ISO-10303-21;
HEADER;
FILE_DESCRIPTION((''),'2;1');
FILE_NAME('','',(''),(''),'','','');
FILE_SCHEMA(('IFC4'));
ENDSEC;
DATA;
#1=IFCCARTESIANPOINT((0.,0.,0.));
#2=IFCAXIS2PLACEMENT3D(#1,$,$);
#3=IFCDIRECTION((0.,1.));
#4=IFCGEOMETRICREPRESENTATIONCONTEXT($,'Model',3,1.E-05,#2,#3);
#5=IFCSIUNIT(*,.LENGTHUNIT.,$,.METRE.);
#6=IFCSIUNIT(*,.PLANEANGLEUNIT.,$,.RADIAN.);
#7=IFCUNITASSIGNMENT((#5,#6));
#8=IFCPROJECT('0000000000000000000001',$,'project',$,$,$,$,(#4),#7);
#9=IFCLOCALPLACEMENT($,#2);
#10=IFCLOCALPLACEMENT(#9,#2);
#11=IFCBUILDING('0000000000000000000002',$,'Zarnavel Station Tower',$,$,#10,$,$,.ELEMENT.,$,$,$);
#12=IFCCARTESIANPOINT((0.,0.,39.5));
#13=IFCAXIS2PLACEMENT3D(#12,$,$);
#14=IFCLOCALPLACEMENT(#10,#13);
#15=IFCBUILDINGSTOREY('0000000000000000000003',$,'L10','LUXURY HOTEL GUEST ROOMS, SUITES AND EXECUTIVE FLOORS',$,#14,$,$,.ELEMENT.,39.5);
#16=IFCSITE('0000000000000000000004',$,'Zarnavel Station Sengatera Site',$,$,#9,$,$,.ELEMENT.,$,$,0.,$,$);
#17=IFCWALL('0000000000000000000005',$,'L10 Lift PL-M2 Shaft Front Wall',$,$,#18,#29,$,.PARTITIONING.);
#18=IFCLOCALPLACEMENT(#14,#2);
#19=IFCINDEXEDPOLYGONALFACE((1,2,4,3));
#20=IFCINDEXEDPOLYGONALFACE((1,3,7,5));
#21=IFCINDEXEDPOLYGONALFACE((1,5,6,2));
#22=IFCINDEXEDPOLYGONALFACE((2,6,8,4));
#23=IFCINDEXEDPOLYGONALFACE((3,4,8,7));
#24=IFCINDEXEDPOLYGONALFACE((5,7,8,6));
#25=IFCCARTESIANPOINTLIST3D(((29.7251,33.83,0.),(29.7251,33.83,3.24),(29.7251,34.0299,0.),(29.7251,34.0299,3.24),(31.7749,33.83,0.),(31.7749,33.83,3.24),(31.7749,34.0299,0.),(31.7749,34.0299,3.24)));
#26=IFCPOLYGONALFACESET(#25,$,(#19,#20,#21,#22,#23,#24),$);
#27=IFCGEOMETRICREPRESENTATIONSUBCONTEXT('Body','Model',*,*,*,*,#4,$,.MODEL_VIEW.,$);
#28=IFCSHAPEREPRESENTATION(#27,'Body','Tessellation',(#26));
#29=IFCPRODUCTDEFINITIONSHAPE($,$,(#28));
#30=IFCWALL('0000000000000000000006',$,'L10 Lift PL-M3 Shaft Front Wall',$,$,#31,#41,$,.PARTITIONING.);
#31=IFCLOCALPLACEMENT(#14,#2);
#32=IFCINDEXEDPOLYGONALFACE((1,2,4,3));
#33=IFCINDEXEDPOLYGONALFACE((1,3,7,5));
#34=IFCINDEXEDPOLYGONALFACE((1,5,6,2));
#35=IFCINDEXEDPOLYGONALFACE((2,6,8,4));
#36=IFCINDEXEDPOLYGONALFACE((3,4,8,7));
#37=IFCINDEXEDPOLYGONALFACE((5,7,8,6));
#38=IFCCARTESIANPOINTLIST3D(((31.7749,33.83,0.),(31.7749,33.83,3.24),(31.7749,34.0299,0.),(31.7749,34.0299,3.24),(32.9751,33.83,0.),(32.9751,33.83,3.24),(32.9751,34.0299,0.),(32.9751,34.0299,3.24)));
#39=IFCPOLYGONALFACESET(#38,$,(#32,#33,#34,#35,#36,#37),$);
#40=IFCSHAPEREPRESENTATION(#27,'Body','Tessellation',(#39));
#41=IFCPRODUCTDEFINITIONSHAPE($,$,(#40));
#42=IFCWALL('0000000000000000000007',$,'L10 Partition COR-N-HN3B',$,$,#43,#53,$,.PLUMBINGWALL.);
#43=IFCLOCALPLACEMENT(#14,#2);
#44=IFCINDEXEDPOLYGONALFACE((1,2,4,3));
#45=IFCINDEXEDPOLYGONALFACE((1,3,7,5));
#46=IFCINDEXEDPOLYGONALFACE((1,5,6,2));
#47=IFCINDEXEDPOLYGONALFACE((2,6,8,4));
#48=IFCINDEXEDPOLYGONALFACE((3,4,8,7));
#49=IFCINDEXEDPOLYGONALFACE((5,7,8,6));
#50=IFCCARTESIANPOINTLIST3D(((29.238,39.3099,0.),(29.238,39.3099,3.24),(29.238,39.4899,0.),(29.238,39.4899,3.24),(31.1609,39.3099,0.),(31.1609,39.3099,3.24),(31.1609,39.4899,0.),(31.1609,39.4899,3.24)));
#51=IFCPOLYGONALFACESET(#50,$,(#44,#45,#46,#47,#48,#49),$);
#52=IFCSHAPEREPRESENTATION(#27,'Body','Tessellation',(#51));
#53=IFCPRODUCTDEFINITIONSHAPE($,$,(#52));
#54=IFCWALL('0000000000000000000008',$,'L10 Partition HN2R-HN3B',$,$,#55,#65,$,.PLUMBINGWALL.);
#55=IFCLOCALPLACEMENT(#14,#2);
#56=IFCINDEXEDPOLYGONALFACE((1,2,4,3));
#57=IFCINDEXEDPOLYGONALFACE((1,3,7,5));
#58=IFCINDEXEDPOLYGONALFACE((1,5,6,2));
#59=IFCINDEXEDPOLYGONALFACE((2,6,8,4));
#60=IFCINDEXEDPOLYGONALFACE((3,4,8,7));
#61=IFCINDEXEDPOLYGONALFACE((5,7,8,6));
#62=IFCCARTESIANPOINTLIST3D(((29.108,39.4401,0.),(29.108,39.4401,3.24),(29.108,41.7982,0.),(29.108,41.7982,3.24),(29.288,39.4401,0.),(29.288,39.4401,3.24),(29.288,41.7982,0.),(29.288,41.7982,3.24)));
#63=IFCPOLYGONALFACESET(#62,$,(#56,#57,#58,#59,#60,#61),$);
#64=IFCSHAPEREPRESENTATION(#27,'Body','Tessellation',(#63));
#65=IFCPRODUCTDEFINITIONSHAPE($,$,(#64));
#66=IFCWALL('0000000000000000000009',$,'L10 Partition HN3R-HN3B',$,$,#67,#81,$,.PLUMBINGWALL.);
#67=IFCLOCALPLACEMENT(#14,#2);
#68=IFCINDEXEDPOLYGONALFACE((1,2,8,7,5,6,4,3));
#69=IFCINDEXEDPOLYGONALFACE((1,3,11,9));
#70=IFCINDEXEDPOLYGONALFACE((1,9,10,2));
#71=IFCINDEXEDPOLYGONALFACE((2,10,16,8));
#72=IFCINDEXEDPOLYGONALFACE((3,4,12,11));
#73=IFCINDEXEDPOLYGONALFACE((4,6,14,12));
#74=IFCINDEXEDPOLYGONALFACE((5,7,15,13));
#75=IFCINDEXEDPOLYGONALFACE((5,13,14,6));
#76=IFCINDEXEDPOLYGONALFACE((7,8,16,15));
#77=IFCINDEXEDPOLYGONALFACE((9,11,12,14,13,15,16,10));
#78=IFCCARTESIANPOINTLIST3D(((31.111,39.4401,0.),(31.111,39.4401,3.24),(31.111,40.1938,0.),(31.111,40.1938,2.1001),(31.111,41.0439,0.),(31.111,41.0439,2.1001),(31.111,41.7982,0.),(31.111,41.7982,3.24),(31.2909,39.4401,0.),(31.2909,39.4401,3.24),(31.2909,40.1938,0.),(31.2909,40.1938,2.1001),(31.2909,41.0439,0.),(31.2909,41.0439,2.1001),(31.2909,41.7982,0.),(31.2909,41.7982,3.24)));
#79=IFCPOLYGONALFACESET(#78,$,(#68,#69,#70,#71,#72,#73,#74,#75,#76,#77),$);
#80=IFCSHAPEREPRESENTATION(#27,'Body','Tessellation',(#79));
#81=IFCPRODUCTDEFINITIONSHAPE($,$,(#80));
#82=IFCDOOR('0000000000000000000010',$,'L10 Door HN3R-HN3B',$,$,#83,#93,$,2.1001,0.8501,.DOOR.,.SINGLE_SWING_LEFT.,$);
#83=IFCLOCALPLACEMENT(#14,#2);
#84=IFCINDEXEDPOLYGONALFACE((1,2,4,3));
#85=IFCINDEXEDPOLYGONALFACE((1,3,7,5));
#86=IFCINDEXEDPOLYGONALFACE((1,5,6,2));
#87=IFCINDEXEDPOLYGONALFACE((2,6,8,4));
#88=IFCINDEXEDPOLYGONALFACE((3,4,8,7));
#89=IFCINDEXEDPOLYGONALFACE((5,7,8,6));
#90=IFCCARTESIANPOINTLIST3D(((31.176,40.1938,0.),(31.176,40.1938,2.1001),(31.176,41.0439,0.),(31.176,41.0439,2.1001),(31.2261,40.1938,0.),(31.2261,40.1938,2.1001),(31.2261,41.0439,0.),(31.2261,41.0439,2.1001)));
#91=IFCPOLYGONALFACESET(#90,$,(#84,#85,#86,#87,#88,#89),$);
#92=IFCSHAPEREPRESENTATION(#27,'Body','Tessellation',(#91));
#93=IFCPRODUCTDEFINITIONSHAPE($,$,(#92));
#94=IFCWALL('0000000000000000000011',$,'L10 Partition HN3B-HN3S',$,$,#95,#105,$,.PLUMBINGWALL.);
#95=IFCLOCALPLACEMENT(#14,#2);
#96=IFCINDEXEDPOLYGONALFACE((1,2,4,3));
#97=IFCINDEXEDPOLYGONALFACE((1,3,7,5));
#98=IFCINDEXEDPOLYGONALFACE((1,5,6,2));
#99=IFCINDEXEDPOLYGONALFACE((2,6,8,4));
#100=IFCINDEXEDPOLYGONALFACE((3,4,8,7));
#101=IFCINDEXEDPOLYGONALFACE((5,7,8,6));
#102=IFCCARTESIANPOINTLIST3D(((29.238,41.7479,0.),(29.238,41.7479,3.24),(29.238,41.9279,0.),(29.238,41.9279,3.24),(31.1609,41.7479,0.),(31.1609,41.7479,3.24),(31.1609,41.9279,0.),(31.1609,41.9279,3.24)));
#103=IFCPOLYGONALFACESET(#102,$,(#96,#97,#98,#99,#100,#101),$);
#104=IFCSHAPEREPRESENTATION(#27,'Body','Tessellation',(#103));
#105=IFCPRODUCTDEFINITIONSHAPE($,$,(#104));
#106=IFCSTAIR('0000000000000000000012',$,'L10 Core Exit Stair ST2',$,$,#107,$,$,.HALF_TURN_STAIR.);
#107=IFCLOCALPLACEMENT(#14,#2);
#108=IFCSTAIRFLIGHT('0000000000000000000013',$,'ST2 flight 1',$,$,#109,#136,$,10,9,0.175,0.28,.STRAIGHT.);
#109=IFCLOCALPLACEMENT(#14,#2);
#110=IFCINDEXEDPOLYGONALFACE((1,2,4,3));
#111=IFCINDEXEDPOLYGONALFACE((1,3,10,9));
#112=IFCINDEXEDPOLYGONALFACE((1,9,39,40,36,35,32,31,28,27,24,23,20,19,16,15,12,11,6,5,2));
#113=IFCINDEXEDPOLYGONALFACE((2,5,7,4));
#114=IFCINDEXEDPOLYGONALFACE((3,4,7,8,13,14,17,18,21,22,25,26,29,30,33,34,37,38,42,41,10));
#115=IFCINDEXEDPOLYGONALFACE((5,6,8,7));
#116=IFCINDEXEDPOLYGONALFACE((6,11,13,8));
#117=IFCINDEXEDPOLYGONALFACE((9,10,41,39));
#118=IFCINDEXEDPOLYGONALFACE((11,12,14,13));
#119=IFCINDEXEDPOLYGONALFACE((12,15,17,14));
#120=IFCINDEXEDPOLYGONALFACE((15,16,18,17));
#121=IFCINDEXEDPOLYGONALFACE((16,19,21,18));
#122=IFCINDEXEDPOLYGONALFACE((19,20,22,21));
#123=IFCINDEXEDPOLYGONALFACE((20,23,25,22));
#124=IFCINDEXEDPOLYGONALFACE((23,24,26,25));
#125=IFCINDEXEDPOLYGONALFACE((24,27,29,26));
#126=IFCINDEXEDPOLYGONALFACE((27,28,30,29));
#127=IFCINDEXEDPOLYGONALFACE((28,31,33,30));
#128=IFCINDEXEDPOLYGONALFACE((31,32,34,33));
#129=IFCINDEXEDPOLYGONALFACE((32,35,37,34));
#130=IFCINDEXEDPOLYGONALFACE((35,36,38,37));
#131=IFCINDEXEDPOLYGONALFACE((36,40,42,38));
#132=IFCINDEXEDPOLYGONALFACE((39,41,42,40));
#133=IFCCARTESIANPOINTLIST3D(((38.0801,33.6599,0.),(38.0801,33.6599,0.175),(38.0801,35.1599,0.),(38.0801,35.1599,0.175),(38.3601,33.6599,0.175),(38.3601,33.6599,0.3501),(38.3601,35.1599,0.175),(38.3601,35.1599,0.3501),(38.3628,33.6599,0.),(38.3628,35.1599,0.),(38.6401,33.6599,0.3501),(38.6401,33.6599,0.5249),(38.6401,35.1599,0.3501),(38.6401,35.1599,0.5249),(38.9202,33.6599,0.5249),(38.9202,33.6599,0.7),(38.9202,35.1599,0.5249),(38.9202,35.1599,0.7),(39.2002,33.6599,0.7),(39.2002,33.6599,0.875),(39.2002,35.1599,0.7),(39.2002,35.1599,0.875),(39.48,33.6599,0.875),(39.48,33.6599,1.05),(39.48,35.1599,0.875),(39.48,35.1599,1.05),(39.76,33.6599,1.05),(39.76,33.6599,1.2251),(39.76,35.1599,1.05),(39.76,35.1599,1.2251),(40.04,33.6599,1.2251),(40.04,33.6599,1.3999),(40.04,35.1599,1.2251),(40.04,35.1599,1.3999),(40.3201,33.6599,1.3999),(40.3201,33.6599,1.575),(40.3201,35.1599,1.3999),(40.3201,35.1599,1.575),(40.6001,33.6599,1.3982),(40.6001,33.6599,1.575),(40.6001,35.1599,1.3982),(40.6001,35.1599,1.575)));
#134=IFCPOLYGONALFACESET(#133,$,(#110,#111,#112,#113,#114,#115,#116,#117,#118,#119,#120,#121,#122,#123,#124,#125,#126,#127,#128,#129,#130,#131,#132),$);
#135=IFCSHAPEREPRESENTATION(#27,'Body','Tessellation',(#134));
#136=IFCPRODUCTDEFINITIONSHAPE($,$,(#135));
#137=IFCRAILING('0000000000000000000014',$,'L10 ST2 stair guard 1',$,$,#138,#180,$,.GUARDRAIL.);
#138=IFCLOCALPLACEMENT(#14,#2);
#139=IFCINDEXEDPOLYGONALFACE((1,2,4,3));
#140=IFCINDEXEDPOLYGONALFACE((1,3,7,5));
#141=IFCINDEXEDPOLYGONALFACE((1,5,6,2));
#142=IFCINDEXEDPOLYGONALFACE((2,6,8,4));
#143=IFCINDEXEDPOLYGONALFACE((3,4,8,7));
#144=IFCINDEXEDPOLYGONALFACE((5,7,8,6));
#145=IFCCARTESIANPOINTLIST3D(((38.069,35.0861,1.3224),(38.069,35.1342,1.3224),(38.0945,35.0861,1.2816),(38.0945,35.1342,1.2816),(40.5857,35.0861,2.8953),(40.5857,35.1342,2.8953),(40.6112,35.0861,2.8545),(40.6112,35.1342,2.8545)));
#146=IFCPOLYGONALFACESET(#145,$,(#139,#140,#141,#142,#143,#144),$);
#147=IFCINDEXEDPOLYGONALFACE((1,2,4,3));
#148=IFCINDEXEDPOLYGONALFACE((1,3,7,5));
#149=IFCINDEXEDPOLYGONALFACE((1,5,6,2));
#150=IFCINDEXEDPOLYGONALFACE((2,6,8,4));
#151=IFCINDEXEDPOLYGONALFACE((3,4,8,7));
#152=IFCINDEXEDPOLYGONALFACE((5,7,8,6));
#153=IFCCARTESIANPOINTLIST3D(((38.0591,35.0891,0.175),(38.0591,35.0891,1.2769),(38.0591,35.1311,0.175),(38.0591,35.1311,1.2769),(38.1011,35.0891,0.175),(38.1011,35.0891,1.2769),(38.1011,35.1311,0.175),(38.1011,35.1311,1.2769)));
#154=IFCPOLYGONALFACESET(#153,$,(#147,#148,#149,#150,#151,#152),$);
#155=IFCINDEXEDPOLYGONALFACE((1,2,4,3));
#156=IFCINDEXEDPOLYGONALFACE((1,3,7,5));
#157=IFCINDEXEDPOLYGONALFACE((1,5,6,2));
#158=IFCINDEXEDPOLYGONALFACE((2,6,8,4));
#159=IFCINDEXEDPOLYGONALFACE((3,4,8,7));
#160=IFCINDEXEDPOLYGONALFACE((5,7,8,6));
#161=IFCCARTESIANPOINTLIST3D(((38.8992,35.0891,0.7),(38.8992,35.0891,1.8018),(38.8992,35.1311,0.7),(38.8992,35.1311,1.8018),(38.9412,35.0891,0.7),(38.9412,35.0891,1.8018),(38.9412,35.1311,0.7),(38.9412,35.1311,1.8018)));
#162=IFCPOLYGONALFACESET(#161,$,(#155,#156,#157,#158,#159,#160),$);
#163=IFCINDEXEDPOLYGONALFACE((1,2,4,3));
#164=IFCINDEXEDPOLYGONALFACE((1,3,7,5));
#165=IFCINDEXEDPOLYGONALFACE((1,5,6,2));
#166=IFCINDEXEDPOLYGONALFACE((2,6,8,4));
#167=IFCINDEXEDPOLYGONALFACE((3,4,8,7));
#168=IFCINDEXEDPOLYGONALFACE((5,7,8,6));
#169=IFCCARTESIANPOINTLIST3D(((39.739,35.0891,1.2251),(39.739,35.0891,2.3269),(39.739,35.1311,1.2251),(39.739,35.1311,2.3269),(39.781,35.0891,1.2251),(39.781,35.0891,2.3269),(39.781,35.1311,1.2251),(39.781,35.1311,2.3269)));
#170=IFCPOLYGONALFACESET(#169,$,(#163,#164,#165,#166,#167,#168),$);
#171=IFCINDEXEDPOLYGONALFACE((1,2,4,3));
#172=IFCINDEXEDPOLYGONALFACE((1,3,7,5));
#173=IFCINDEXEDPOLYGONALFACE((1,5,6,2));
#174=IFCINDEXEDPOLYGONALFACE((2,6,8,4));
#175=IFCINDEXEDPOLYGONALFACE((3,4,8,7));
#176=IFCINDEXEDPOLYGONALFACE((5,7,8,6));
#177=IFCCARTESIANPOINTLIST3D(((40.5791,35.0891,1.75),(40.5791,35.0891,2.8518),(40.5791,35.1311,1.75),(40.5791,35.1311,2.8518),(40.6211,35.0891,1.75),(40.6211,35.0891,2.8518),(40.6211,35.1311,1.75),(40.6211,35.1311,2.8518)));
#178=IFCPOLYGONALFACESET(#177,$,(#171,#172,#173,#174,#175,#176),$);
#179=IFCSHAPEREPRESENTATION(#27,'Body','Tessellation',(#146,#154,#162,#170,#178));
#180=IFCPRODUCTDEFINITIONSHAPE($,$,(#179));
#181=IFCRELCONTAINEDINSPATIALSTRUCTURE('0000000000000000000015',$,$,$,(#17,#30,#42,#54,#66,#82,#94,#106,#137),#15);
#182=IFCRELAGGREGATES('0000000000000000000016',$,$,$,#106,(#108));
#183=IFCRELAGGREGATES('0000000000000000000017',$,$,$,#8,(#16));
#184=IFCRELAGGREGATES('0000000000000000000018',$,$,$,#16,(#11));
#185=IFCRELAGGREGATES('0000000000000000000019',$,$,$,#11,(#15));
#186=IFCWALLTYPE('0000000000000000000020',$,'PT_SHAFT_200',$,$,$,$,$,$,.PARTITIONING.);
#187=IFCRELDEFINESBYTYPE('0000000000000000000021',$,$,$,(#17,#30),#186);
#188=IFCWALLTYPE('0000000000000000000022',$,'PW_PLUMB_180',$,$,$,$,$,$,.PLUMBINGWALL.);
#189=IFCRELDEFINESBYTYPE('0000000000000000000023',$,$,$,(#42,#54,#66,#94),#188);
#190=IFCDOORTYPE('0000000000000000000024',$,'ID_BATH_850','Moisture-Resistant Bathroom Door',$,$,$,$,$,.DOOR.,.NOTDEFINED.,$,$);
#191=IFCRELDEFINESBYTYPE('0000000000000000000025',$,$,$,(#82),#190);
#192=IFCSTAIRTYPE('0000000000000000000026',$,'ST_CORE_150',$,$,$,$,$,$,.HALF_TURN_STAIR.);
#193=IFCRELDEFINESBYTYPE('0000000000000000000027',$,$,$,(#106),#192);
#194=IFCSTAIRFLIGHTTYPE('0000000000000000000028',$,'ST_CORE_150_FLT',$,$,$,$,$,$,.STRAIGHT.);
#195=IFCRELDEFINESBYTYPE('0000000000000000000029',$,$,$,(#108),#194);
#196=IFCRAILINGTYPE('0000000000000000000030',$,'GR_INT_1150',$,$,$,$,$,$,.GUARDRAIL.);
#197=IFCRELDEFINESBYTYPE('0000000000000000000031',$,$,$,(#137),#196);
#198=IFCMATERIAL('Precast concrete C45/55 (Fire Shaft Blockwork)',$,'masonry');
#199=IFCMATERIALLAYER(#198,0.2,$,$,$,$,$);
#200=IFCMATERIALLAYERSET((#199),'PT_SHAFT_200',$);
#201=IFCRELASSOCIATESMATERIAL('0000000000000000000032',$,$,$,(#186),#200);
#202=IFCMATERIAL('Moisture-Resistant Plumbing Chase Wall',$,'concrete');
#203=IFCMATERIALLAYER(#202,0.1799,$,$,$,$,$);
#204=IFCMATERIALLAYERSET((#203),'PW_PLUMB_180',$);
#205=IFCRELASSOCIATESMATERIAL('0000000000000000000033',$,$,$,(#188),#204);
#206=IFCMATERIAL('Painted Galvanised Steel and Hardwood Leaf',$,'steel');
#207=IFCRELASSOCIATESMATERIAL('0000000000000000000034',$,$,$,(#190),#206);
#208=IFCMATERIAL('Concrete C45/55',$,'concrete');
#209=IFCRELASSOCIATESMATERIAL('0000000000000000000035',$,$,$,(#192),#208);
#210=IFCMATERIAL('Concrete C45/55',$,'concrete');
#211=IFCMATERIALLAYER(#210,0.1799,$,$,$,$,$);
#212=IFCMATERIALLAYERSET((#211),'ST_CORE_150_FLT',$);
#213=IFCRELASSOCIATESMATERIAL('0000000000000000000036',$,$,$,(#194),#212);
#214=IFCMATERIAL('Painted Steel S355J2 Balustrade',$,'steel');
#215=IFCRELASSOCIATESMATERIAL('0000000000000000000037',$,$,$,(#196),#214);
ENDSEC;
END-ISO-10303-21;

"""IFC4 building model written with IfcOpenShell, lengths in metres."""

from ifc_helpers import new_model, si_unit, direction, frame, frame_2d, origin, origin_2d, place, context, subcontext, project, spatial, polyline, rectangle, outline, extrude, material, layer, layer_set, type_object, element, fill, aggregate, save


model = new_model("IFC4")

# Units and contexts
model_context = context("Model", 3, precision=1e-05, world=origin(), true_north=direction((0.0, 1.0)))
body_context = subcontext(model_context, "Body", "Model", "MODEL_VIEW")
ifc_project = project(units=[si_unit("LENGTHUNIT", "METRE"), si_unit("PLANEANGLEUNIT", "RADIAN")], contexts=[model_context])

# Site, building, storey
site_placement = place(None, origin())
site = spatial("IfcSite", under=ifc_project, at=site_placement, Name="Zarnavel Station Sengatera Site", CompositionType="ELEMENT", RefElevation=0.0)
building_placement = place(site_placement, origin())
building = spatial("IfcBuilding", under=site, at=building_placement, Name="Zarnavel Station Tower", CompositionType="ELEMENT")
storey_placement = place(building_placement, frame((0.0, 0.0, 39.5)))
storey = spatial("IfcBuildingStorey", under=building, at=storey_placement, Name="L10", Description="LUXURY HOTEL GUEST ROOMS, SUITES AND EXECUTIVE FLOORS", CompositionType="ELEMENT", Elevation=39.5)

# Shared definitions
ifc_material_1 = material(Name="Precast concrete C45/55 (Fire Shaft Blockwork)", Category="masonry")
ifc_layer_1 = layer(ifc_material_1, 0.2)
ifc_layer_set_1 = layer_set([ifc_layer_1], Name="PT_SHAFT_200")
wall_type_1 = type_object("IfcWallType", Name="PT_SHAFT_200", PredefinedType="PARTITIONING", material=ifc_layer_set_1)

# Walls
wall_1_placement = place(storey_placement, frame((29.7251, 33.9299, 0.0), z_axis=(0.0, 0.0, 1.0), x_axis=(1.0, 0.0, 0.0)))
element("IfcWall", 1, at=wall_1_placement, inside=storey, type_object=wall_type_1, Name="L10 Lift PL-M2 Shaft Front Wall", PredefinedType="PARTITIONING", context=body_context, shape_type="SweptSolid", body=[
    extrude(rectangle(XDim=2.0498, YDim=0.2, at=frame_2d((1.0249, 0.0))), origin(), (0.0, 0.0, 1.0), 3.24),
])
wall_2_placement = place(storey_placement, frame((31.7749, 33.9299, 0.0), z_axis=(0.0, 0.0, 1.0), x_axis=(1.0, 0.0, 0.0)))
element("IfcWall", 2, at=wall_2_placement, inside=storey, type_object=wall_type_1, Name="L10 Lift PL-M3 Shaft Front Wall", PredefinedType="PARTITIONING", context=body_context, shape_type="SweptSolid", body=[
    extrude(rectangle(XDim=1.2002, YDim=0.2, at=frame_2d((0.6001, 0.0))), origin(), (0.0, 0.0, 1.0), 3.24),
])

# Walls
ifc_material_2 = material(Name="Moisture-Resistant Plumbing Chase Wall", Category="concrete")
ifc_layer_2 = layer(ifc_material_2, 0.1799)
ifc_layer_set_2 = layer_set([ifc_layer_2], Name="PW_PLUMB_180")
wall_type_2 = type_object("IfcWallType", Name="PW_PLUMB_180", PredefinedType="PLUMBINGWALL", material=ifc_layer_set_2)
wall_3_placement = place(storey_placement, frame((29.238, 39.3999, 0.0), z_axis=(0.0, 0.0, 1.0), x_axis=(1.0, 0.0, 0.0)))
element("IfcWall", 3, at=wall_3_placement, inside=storey, type_object=wall_type_2, Name="L10 Partition COR-N-HN3B", PredefinedType="PLUMBINGWALL", context=body_context, shape_type="SweptSolid", body=[
    extrude(rectangle(XDim=1.9229, YDim=0.1799, at=frame_2d((0.9614, 0.0))), origin(), (0.0, 0.0, 1.0), 3.24),
])
wall_4_placement = place(storey_placement, frame((29.198, 39.4399, 0.0), z_axis=(0.0, 0.0, 1.0), x_axis=(0.0, 1.0, 0.0)))
element("IfcWall", 4, at=wall_4_placement, inside=storey, type_object=wall_type_2, Name="L10 Partition HN2R-HN3B", PredefinedType="PLUMBINGWALL", context=body_context, shape_type="SweptSolid", body=[
    extrude(rectangle(XDim=2.3582, YDim=0.1799, at=frame_2d((1.1792, 0.0))), origin(), (0.0, 0.0, 1.0), 3.24),
])

# Wall, opening, door
wall_5_placement = place(storey_placement, frame((31.2009, 39.4399, 0.0), z_axis=(0.0, 0.0, 1.0), x_axis=(0.0, 1.0, 0.0)))
wall_5 = element("IfcWall", 5, at=wall_5_placement, inside=storey, type_object=wall_type_2, Name="L10 Partition HN3R-HN3B", PredefinedType="PLUMBINGWALL", context=body_context, shape_type="SweptSolid", body=[
    extrude(rectangle(XDim=2.3582, YDim=0.1799, at=frame_2d((1.1792, 0.0))), origin(), (0.0, 0.0, 1.0), 3.24),
])
opening_1_placement = place(wall_5_placement, frame((0.7539, 0.0, 0.0)))
opening_1 = element("IfcOpeningElement", 6, at=opening_1_placement, cuts=wall_5, PredefinedType="OPENING", context=body_context, shape_type="SweptSolid", body=[
    extrude(rectangle(XDim=0.8501, YDim=2.1001, at=frame_2d((0.425, 1.05))), frame((0.0, 0.0999, 0.0), z_axis=(0.0, -1.0, 0.0), x_axis=(1.0, 0.0, 0.0)), (0.0, 0.0, 1.0), 0.2),
])
ifc_material_3 = material(Name="Painted Galvanised Steel and Hardwood Leaf", Category="steel")
door_type_1 = type_object("IfcDoorType", Name="ID_BATH_850", Description="Moisture-Resistant Bathroom Door", OperationType="NOTDEFINED", PredefinedType="DOOR", material=ifc_material_3)
door_1_placement = place(opening_1_placement, origin())
door_1 = element("IfcDoor", 7, at=door_1_placement, inside=storey, type_object=door_type_1, Name="L10 Door HN3R-HN3B", OperationType="SINGLE_SWING_LEFT", OverallHeight=2.1001, OverallWidth=0.8501, PredefinedType="DOOR", context=body_context, shape_type="SweptSolid", body=[
    extrude(rectangle(XDim=0.8501, YDim=2.1001, at=frame_2d((0.425, 1.05))), frame((0.0, 0.0249, 0.0), z_axis=(0.0, -1.0, 0.0), x_axis=(1.0, 0.0, 0.0)), (0.0, 0.0, 1.0), 0.05),
])
fill(opening_1, door_1)

# Wall
wall_6_placement = place(storey_placement, frame((29.238, 41.8379, 0.0), z_axis=(0.0, 0.0, 1.0), x_axis=(1.0, 0.0, 0.0)))
element("IfcWall", 8, at=wall_6_placement, inside=storey, type_object=wall_type_2, Name="L10 Partition HN3B-HN3S", PredefinedType="PLUMBINGWALL", context=body_context, shape_type="SweptSolid", body=[
    extrude(rectangle(XDim=1.9229, YDim=0.1799, at=frame_2d((0.9614, 0.0))), origin(), (0.0, 0.0, 1.0), 3.24),
])

# Stair, stair flight
ifc_material_4 = material(Name="Concrete C45/55", Category="concrete")
stair_type = type_object("IfcStairType", Name="ST_CORE_150", PredefinedType="HALF_TURN_STAIR", material=ifc_material_4)
stair_placement = place(storey_placement, origin())
stair = element("IfcStair", 9, at=stair_placement, inside=storey, type_object=stair_type, Name="L10 Core Exit Stair ST2", PredefinedType="HALF_TURN_STAIR")
ifc_material_5 = material(Name="Concrete C45/55", Category="concrete")
ifc_layer_3 = layer(ifc_material_5, 0.1799)
ifc_layer_set_3 = layer_set([ifc_layer_3], Name="ST_CORE_150_FLT")
stair_flight_type = type_object("IfcStairFlightType", Name="ST_CORE_150_FLT", PredefinedType="STRAIGHT", material=ifc_layer_set_3)
stair_flight_placement = place(storey_placement, frame((38.0801, 34.4099, 0.0), z_axis=(0.0, 0.0, 1.0), x_axis=(1.0, 0.0, 0.0)))
stair_flight = element("IfcStairFlight", 10, at=stair_flight_placement, type_object=stair_flight_type, Name="ST2 flight 1", NumberOfRisers=10, NumberOfTreads=9, PredefinedType="STRAIGHT", RiserHeight=0.175, TreadLength=0.28, context=body_context, shape_type="SweptSolid", body=[
    extrude(outline(polyline([(0.0, 0.0), (0.0, 0.175), (0.28, 0.175), (0.28, 0.3501), (0.5601, 0.3501), (0.5601, 0.5249), (0.8401, 0.5249), (0.8401, 0.7), (1.1201, 0.7), (1.1201, 0.875), (1.3999, 0.875), (1.3999, 1.05), (1.6799, 1.05), (1.6799, 1.2251), (1.96, 1.2251), (1.96, 1.3999), (2.24, 1.3999), (2.24, 1.575), (2.52, 1.575), (2.52, 1.75), (2.52, 1.3982), (0.2827, 0.0), (0.0, 0.0)])), frame((0.0, 0.75, 0.0), z_axis=(0.0, -1.0, 0.0), x_axis=(1.0, 0.0, 0.0)), (0.0, 0.0, 1.0), 1.5),
])
aggregate(stair, [stair_flight])

# Railing
ifc_material_6 = material(Name="Painted Steel S355J2 Balustrade", Category="steel")
railing_type_1 = type_object("IfcRailingType", Name="GR_INT_1150", PredefinedType="GUARDRAIL", material=ifc_material_6)
railing_1_placement = place(storey_placement, frame((38.0801, 35.1101, 0.175)))
element("IfcRailing", 11, at=railing_1_placement, inside=storey, type_object=railing_type_1, Name="L10 ST2 stair guard 1", PredefinedType="GUARDRAIL", context=body_context, shape_type="SweptSolid", body=[
    extrude(rectangle(XDim=0.0481, YDim=0.0481, at=origin_2d()), frame((0.0017, 0.0, 1.127), z_axis=(0.848008, 0.0, 0.529984), x_axis=(0.0, 1.0, 0.0)), (0.0, 0.0, 1.0), 2.9678),
    extrude(rectangle(XDim=0.042, YDim=0.042, at=origin_2d()), origin(), (0.0, 0.0, 1.0), 1.1018),
    extrude(rectangle(XDim=0.042, YDim=0.042, at=origin_2d()), frame((0.8401, 0.0, 0.5249)), (0.0, 0.0, 1.0), 1.1018),
    extrude(rectangle(XDim=0.042, YDim=0.042, at=origin_2d()), frame((1.6799, 0.0, 1.05)), (0.0, 0.0, 1.0), 1.1018),
    extrude(rectangle(XDim=0.042, YDim=0.042, at=origin_2d()), frame((2.52, 0.0, 1.575)), (0.0, 0.0, 1.0), 1.1018),
])

save(model, "model.ifc")
